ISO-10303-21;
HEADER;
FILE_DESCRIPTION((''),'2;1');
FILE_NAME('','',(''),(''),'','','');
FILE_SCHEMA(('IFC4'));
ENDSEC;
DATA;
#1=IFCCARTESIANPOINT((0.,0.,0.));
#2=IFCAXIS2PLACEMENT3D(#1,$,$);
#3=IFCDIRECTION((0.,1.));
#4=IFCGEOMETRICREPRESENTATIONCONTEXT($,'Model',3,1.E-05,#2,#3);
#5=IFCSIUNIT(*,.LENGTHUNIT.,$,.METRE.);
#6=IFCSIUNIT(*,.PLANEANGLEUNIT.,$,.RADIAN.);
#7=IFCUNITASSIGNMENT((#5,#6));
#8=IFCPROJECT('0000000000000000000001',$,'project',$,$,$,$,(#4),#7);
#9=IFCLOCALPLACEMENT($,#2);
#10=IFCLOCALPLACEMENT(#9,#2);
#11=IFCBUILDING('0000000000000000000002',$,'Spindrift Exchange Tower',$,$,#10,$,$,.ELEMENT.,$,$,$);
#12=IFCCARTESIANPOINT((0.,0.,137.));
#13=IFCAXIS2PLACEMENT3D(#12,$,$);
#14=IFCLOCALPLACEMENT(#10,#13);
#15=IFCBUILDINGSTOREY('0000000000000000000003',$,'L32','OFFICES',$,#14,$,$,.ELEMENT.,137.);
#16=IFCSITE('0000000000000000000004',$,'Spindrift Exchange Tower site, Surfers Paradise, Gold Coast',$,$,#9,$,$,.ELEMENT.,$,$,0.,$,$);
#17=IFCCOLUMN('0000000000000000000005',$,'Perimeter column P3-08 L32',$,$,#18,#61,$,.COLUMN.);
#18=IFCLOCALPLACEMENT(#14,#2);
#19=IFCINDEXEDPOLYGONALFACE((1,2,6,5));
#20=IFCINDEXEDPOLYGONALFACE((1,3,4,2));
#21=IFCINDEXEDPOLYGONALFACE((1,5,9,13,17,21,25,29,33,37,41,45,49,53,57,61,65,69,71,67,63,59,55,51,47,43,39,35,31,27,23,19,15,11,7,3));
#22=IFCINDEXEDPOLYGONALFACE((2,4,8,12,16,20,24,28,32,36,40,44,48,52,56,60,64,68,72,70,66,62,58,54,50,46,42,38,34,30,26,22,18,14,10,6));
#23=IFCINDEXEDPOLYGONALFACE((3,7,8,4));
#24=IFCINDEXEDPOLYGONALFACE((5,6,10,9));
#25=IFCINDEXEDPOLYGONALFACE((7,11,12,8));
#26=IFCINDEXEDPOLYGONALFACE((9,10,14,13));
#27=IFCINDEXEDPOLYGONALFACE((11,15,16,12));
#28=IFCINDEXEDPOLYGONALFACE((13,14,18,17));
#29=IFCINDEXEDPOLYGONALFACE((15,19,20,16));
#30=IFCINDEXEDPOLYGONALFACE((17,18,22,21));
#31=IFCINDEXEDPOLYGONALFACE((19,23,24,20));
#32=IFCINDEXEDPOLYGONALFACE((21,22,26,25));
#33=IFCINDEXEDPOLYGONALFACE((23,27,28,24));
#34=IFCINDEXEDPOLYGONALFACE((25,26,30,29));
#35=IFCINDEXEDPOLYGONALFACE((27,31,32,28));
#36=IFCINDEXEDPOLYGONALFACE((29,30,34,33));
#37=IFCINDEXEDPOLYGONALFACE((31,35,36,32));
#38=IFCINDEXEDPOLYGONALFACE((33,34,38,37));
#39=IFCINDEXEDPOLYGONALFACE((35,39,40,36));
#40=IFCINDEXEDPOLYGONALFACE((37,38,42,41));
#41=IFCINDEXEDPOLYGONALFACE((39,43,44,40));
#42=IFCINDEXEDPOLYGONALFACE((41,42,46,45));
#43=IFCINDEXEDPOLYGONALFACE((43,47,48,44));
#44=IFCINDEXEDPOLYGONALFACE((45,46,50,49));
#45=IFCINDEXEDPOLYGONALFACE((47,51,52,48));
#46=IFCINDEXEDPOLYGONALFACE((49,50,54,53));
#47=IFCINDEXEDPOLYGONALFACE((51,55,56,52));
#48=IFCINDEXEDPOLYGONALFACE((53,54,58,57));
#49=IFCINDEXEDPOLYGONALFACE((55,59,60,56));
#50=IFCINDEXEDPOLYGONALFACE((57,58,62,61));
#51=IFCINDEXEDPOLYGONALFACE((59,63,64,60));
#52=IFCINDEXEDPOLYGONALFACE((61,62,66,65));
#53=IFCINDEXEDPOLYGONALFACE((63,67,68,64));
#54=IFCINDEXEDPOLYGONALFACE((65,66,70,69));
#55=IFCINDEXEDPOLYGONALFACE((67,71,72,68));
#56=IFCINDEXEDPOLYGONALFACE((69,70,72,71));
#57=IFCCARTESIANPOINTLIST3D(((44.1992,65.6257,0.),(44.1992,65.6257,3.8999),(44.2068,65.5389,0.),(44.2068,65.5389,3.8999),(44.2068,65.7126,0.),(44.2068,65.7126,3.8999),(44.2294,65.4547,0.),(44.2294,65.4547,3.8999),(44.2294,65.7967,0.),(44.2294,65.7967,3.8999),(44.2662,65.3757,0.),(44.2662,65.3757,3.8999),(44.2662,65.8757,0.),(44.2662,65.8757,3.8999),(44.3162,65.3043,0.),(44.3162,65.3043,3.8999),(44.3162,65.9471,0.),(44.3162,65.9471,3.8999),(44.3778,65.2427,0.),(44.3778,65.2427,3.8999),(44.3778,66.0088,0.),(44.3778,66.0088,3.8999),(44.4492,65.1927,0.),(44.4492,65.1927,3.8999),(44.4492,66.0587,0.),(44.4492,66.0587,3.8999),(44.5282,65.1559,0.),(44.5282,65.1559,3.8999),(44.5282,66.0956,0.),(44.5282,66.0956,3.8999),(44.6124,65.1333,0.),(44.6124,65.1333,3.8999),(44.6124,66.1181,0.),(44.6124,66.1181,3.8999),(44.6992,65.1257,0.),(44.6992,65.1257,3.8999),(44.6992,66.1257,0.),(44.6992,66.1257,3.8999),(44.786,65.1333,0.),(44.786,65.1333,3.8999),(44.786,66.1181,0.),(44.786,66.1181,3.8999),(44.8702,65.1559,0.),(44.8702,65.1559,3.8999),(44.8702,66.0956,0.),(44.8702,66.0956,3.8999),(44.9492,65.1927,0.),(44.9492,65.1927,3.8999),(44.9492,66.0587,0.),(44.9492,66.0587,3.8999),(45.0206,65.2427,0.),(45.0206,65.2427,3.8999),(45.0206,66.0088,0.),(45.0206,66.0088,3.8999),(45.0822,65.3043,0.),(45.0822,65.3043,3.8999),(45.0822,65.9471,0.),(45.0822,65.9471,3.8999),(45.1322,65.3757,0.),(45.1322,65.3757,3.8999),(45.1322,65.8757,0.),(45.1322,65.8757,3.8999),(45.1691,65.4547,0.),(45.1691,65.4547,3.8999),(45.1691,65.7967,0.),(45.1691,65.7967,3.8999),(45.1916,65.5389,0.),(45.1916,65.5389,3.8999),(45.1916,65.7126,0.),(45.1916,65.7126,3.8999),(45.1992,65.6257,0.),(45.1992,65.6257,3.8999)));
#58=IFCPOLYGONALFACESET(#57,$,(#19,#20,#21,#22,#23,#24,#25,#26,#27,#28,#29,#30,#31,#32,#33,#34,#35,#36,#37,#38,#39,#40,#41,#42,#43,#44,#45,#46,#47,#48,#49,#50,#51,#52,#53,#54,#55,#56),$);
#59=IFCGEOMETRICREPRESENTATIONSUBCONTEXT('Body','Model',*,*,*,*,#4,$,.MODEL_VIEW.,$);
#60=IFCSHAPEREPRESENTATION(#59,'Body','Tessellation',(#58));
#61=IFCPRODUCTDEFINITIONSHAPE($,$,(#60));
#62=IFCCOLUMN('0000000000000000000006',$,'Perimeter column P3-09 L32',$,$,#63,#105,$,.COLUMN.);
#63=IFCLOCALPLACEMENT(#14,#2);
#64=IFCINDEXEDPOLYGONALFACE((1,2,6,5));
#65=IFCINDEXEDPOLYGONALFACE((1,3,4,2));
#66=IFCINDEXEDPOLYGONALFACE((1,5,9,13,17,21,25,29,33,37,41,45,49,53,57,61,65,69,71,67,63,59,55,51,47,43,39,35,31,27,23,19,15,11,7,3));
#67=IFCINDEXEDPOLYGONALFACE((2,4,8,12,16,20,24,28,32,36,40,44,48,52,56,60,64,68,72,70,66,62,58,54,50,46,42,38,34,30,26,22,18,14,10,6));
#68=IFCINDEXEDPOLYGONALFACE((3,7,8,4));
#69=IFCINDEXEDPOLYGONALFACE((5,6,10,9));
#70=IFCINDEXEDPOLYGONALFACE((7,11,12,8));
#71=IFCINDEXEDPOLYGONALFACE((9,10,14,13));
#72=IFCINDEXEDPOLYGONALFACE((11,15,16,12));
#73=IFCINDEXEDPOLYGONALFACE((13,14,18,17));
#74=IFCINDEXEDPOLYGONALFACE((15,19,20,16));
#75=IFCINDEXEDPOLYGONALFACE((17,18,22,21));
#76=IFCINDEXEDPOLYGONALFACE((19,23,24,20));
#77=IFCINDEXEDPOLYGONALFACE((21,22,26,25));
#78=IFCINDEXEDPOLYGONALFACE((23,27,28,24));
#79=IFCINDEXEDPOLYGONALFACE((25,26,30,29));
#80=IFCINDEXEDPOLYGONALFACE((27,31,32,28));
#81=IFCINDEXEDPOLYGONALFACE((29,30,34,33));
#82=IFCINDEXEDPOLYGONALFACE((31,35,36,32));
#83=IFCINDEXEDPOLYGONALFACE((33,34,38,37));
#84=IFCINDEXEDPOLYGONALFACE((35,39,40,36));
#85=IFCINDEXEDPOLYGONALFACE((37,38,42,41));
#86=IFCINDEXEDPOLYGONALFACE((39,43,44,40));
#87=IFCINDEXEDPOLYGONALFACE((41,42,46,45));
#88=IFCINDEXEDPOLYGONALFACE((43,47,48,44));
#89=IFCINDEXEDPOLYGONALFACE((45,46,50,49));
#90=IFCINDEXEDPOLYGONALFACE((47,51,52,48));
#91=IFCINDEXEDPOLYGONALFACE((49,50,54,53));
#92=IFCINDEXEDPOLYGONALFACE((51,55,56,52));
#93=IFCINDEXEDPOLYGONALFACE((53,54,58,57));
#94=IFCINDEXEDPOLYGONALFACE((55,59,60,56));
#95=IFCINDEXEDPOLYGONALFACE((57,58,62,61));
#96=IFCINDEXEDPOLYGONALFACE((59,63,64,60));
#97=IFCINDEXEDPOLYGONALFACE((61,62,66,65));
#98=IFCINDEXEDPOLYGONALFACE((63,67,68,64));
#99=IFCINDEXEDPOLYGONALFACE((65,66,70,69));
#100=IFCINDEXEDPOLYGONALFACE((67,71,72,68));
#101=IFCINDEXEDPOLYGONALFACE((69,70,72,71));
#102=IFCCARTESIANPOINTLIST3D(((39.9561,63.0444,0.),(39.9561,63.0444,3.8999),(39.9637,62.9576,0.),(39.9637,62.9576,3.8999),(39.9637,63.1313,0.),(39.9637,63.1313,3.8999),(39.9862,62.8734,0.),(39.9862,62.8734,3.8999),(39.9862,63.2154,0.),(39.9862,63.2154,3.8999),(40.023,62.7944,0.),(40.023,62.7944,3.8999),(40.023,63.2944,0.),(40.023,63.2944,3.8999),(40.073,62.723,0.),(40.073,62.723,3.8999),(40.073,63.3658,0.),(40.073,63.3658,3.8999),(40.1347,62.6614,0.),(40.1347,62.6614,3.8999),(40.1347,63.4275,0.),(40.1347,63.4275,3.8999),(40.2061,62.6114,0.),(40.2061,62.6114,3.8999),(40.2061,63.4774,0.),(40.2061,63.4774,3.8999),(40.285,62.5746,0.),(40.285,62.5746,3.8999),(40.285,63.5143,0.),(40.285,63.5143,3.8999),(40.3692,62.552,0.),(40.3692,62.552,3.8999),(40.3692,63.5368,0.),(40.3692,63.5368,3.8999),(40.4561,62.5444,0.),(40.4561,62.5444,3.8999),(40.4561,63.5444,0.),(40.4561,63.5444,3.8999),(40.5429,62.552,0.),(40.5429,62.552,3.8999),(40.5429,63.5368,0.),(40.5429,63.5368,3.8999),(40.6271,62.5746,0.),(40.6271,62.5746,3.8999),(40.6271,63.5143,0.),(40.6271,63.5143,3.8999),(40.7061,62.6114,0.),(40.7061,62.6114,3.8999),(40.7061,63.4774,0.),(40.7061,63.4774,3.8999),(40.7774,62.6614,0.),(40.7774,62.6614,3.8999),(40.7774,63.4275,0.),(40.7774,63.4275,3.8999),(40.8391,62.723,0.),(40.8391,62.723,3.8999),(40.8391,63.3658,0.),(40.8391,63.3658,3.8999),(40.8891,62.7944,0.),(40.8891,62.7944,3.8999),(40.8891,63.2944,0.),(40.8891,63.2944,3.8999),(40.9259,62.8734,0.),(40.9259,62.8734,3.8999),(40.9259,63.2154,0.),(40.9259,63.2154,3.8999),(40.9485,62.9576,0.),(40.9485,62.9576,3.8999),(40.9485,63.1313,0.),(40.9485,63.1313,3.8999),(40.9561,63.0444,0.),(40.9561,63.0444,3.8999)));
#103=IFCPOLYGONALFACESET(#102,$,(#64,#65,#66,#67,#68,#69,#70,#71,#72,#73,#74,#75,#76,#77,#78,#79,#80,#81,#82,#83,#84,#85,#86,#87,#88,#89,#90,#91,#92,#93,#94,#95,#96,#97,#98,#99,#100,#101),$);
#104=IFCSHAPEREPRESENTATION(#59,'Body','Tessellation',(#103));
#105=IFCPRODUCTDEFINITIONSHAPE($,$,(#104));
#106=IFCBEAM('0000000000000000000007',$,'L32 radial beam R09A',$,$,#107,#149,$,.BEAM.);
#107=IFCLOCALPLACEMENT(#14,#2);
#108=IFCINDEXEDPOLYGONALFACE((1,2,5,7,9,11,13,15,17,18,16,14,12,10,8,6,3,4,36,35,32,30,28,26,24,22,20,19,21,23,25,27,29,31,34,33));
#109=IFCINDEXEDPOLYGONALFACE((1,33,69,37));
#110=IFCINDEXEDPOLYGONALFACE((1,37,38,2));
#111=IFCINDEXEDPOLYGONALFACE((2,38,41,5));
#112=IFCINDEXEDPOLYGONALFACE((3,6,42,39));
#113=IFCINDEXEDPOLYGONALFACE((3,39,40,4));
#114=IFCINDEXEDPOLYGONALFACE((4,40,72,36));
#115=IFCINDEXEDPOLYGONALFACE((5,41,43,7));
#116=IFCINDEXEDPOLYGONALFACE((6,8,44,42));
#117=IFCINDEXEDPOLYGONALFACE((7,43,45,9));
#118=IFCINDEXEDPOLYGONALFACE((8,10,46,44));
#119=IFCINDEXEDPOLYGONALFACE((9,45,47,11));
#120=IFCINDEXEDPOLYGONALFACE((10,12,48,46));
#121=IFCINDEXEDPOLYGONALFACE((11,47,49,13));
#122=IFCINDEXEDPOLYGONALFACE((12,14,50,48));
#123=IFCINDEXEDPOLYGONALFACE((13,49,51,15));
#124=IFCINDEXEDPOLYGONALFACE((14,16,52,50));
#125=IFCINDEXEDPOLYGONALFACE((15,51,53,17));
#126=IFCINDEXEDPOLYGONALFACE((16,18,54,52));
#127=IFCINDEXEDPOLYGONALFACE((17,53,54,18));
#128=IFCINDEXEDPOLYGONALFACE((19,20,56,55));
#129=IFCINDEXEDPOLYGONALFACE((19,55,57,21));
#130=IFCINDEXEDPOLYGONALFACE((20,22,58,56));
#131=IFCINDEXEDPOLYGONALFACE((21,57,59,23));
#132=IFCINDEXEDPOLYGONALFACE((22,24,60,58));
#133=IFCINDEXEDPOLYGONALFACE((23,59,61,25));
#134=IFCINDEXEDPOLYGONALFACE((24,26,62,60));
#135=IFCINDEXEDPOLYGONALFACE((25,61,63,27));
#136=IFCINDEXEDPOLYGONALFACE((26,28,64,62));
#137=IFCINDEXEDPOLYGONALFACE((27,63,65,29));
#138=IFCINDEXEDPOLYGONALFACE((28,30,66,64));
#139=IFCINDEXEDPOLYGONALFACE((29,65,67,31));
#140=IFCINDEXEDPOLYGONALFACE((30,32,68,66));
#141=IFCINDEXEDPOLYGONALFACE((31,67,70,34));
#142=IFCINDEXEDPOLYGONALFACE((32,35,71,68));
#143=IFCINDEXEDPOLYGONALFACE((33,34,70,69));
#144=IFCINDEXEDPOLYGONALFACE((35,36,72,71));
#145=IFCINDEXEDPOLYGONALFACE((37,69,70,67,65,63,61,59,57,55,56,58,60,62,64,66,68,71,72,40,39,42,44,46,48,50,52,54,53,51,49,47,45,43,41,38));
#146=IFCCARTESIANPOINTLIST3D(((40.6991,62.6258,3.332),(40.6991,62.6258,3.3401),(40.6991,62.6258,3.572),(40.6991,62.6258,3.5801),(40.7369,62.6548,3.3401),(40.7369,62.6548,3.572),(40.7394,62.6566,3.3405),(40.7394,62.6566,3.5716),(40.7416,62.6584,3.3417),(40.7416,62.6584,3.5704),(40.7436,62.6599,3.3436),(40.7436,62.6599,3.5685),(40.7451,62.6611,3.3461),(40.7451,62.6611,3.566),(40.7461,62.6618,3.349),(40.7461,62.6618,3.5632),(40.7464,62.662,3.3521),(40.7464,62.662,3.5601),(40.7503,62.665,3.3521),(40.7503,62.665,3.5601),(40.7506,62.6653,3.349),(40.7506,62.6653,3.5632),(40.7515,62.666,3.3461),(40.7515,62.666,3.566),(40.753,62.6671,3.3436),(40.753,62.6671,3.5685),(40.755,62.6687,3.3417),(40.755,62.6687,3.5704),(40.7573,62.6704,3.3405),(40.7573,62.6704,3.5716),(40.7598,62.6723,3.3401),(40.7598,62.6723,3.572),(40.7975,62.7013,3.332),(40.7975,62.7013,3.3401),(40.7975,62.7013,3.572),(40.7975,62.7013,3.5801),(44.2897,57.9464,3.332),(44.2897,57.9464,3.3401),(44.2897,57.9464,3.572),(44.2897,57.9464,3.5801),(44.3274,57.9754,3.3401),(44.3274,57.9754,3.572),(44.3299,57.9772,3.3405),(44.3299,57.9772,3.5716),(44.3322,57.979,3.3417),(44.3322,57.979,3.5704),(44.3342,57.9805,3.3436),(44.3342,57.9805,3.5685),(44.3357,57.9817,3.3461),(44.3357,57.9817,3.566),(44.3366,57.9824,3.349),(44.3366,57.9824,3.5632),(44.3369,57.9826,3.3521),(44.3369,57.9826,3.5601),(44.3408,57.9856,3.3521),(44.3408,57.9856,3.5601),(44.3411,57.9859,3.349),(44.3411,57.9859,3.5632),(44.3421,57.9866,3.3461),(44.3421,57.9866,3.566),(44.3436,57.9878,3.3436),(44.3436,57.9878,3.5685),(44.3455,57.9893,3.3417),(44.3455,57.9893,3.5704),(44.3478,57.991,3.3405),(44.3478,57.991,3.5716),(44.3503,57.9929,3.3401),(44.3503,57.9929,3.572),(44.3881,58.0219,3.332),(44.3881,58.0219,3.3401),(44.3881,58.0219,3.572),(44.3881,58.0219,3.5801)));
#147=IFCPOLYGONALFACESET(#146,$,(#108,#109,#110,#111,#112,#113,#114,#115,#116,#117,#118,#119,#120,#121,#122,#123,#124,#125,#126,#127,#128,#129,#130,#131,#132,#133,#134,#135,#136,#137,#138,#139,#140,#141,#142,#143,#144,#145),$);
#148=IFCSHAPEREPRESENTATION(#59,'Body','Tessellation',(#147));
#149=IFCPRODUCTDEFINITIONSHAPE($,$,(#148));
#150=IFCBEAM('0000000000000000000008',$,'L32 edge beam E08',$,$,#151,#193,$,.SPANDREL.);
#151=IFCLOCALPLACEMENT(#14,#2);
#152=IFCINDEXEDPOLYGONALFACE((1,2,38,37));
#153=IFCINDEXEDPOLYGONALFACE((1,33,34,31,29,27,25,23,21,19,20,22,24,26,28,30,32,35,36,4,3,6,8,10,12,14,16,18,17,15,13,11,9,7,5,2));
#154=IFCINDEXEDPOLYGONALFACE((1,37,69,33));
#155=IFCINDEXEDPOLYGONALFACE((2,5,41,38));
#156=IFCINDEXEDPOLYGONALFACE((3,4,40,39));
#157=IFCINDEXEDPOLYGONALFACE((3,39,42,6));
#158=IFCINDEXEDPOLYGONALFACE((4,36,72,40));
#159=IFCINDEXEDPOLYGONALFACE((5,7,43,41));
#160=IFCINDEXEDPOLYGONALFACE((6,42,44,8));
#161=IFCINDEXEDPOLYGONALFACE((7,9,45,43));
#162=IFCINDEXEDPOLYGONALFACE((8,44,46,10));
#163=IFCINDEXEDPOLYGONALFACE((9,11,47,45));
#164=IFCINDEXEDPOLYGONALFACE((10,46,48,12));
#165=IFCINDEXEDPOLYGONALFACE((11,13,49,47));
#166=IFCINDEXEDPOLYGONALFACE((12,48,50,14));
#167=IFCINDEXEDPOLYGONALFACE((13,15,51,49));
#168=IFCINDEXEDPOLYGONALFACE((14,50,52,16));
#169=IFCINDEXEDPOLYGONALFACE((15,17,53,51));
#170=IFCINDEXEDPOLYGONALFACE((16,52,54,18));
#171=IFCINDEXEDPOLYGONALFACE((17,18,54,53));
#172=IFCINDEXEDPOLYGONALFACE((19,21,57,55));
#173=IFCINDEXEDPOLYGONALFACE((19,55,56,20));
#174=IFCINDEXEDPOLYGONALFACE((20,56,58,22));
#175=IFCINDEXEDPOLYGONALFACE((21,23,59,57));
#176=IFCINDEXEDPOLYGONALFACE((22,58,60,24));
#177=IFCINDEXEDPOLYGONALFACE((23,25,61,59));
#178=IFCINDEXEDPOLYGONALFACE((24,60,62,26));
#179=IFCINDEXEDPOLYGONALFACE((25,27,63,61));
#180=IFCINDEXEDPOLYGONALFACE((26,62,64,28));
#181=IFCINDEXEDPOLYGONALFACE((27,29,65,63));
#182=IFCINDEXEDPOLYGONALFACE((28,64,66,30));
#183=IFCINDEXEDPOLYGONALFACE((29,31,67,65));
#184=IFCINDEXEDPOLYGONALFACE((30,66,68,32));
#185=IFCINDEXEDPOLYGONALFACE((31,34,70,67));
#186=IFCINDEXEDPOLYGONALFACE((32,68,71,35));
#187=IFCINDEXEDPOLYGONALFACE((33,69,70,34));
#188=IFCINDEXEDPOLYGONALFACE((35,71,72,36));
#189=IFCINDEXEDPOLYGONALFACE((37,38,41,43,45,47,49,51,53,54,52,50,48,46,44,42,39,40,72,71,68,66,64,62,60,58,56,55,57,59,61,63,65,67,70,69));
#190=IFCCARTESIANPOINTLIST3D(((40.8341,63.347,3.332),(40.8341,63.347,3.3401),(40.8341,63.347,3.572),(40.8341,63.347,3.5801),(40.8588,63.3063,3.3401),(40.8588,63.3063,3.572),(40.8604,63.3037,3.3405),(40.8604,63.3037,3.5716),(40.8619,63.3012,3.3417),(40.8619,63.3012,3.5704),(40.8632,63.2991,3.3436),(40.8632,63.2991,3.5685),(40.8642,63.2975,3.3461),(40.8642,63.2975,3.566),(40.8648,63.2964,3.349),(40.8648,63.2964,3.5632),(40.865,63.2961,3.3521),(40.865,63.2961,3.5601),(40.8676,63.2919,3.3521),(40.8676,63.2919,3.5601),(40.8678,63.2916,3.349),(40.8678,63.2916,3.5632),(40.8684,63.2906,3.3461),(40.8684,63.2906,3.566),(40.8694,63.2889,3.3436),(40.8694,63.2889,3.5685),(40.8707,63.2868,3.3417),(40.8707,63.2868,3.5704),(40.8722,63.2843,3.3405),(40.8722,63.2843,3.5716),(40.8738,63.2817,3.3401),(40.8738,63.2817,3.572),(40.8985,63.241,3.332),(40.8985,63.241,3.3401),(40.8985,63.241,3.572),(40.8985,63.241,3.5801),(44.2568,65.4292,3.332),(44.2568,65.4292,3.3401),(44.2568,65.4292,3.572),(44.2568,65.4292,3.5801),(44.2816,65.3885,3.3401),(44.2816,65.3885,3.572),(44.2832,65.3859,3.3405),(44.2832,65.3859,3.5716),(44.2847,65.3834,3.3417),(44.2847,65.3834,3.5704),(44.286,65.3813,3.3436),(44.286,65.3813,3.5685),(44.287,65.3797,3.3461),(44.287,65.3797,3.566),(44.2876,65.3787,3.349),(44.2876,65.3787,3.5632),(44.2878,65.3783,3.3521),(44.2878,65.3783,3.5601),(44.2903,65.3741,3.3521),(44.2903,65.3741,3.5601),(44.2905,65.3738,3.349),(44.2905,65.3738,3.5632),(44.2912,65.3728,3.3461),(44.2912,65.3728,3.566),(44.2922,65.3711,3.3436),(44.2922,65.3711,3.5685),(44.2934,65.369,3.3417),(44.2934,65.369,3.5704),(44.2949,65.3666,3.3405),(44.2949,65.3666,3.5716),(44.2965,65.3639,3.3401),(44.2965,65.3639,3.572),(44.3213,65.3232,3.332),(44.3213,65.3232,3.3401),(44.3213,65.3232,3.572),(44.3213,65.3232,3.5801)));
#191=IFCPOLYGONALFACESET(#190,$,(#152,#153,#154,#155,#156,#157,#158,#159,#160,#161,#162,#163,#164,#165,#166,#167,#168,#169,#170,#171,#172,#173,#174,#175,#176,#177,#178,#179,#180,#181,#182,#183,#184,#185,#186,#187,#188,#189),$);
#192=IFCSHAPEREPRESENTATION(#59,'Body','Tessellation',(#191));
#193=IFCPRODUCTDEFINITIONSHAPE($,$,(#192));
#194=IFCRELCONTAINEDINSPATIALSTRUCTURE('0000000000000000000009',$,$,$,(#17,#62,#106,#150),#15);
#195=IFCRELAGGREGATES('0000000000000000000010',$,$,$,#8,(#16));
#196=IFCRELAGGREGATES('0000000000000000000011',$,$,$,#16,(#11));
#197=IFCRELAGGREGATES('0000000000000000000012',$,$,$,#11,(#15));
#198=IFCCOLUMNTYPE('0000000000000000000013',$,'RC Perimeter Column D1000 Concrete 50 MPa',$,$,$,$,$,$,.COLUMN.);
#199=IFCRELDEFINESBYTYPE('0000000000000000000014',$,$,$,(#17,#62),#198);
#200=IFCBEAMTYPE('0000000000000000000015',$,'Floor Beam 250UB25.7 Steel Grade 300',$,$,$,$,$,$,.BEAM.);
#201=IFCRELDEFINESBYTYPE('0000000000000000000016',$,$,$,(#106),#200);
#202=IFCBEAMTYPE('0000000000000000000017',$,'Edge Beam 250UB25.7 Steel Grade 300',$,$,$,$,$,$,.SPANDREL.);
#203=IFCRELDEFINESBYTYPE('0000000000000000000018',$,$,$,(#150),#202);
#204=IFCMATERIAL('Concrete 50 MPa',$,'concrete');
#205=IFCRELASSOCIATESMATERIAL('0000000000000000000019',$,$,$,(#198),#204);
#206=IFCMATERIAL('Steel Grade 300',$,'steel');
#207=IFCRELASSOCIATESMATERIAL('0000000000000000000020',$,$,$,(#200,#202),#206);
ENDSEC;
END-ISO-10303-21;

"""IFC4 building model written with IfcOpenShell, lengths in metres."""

from ifc_helpers import new_model, si_unit, direction, frame, origin, origin_2d, place, context, subcontext, project, spatial, circle, i_section, extrude, source, transform, mapped, material, material_profile, profile_set, type_object, element, save


model = new_model("IFC4")

# Units and contexts
model_context = context("Model", 3, precision=1e-05, world=origin(), true_north=direction((0.0, 1.0)))
body_context = subcontext(model_context, "Body", "Model", "MODEL_VIEW")
ifc_project = project(units=[si_unit("LENGTHUNIT", "METRE"), si_unit("PLANEANGLEUNIT", "RADIAN")], contexts=[model_context])

# Site, building, storey
site_placement = place(None, origin())
site = spatial("IfcSite", under=ifc_project, at=site_placement, Name="Spindrift Exchange Tower site, Surfers Paradise, Gold Coast", CompositionType="ELEMENT", RefElevation=0.0)
building_placement = place(site_placement, origin())
building = spatial("IfcBuilding", under=site, at=building_placement, Name="Spindrift Exchange Tower", CompositionType="ELEMENT")
storey_placement = place(building_placement, frame((0.0, 0.0, 137.0)))
storey = spatial("IfcBuildingStorey", under=building, at=storey_placement, Name="L32", Description="OFFICES", CompositionType="ELEMENT", Elevation=137.0)

# Columns
ifc_material_1 = material(Name="Concrete 50 MPa", Category="concrete")
ifc_material_profile_1 = material_profile(ifc_material_1, circle(Radius=0.5, at=origin_2d()), Name="RC D1000")
ifc_profile_set_1 = profile_set([ifc_material_profile_1], Name="Concrete 50 MPa")
column_type = type_object("IfcColumnType", Name="RC Perimeter Column D1000 Concrete 50 MPa", PredefinedType="COLUMN", material=ifc_profile_set_1)
shared_shape_1 = source(origin(), body_context, "Body", "SweptSolid", [
    extrude(circle(Radius=0.5, at=origin_2d()), origin(), (0.0, 0.0, 1.0), 3.8999),
])
for number, where, z_axis, x_axis, name in (
    (1, (44.6992, 65.6257, 0.0), (0.0, 0.0, 1.0), (1.0, 0.0, 0.0), "Perimeter column P3-08 L32"),
    (2, (40.4561, 63.0444, 0.0), (0.0, 0.0, 1.0), (1.0, 0.0, 0.0), "Perimeter column P3-09 L32"),
):
    element("IfcColumn", number, at=place(storey_placement, frame(where, z_axis=z_axis, x_axis=x_axis)), inside=storey, type_object=column_type, Name=name, PredefinedType="COLUMN", context=body_context, shape_type="MappedRepresentation", body=[
        mapped(shared_shape_1, transform((0.0, 0.0, 0.0), scale=1.0)),
    ])

# Beams
ifc_material_2 = material(Name="Steel Grade 300", Category="steel")
ifc_material_profile_2 = material_profile(ifc_material_2, i_section(OverallWidth=0.124, OverallDepth=0.248, WebThickness=0.0049, FlangeThickness=0.0081, FilletRadius=0.012, at=origin_2d()), Name="250UB25.7")
ifc_profile_set_2 = profile_set([ifc_material_profile_2], Name="Steel Grade 300")
beam_type_1 = type_object("IfcBeamType", Name="Floor Beam 250UB25.7 Steel Grade 300", PredefinedType="BEAM", material=ifc_profile_set_2)
shared_shape_2 = source(origin(), body_context, "Body", "SweptSolid", [
    extrude(i_section(OverallWidth=0.124, OverallDepth=0.248, WebThickness=0.0049, FlangeThickness=0.0081, FilletRadius=0.012, at=origin_2d()), origin(), (0.0, 0.0, 1.0), 5.8982),
])
beam_1_placement = place(storey_placement, frame((44.3389, 57.9841, 3.4561), z_axis=(-0.608752, 0.79336, 0.0), x_axis=(-0.79336, -0.608752, 0.0)))
element("IfcBeam", 3, at=beam_1_placement, inside=storey, type_object=beam_type_1, Name="L32 radial beam R09A", PredefinedType="BEAM", context=body_context, shape_type="MappedRepresentation", body=[
    mapped(shared_shape_2, transform((0.0, 0.0, 0.0), scale=1.0)),
])
ifc_material_profile_3 = material_profile(ifc_material_2, i_section(OverallWidth=0.124, OverallDepth=0.248, WebThickness=0.0049, FlangeThickness=0.0081, FilletRadius=0.012, at=origin_2d()), Name="250UB25.7")
ifc_profile_set_3 = profile_set([ifc_material_profile_3], Name="Steel Grade 300")
beam_type_2 = type_object("IfcBeamType", Name="Edge Beam 250UB25.7 Steel Grade 300", PredefinedType="SPANDREL", material=ifc_profile_set_3)
shared_shape_3 = source(origin(), body_context, "Body", "SweptSolid", [
    extrude(i_section(OverallWidth=0.124, OverallDepth=0.248, WebThickness=0.0049, FlangeThickness=0.0081, FilletRadius=0.012, at=origin_2d()), origin(), (0.0, 0.0, 1.0), 4.0063),
])
beam_2_placement = place(storey_placement, frame((44.2891, 65.3762, 3.4561), z_axis=(-0.854331, -0.519728, 0.0), x_axis=(0.519728, -0.854331, 0.0)))
element("IfcBeam", 4, at=beam_2_placement, inside=storey, type_object=beam_type_2, Name="L32 edge beam E08", PredefinedType="SPANDREL", context=body_context, shape_type="MappedRepresentation", body=[
    mapped(shared_shape_3, transform((0.0, 0.0, 0.0), scale=1.0)),
])

save(model, "model.ifc")
